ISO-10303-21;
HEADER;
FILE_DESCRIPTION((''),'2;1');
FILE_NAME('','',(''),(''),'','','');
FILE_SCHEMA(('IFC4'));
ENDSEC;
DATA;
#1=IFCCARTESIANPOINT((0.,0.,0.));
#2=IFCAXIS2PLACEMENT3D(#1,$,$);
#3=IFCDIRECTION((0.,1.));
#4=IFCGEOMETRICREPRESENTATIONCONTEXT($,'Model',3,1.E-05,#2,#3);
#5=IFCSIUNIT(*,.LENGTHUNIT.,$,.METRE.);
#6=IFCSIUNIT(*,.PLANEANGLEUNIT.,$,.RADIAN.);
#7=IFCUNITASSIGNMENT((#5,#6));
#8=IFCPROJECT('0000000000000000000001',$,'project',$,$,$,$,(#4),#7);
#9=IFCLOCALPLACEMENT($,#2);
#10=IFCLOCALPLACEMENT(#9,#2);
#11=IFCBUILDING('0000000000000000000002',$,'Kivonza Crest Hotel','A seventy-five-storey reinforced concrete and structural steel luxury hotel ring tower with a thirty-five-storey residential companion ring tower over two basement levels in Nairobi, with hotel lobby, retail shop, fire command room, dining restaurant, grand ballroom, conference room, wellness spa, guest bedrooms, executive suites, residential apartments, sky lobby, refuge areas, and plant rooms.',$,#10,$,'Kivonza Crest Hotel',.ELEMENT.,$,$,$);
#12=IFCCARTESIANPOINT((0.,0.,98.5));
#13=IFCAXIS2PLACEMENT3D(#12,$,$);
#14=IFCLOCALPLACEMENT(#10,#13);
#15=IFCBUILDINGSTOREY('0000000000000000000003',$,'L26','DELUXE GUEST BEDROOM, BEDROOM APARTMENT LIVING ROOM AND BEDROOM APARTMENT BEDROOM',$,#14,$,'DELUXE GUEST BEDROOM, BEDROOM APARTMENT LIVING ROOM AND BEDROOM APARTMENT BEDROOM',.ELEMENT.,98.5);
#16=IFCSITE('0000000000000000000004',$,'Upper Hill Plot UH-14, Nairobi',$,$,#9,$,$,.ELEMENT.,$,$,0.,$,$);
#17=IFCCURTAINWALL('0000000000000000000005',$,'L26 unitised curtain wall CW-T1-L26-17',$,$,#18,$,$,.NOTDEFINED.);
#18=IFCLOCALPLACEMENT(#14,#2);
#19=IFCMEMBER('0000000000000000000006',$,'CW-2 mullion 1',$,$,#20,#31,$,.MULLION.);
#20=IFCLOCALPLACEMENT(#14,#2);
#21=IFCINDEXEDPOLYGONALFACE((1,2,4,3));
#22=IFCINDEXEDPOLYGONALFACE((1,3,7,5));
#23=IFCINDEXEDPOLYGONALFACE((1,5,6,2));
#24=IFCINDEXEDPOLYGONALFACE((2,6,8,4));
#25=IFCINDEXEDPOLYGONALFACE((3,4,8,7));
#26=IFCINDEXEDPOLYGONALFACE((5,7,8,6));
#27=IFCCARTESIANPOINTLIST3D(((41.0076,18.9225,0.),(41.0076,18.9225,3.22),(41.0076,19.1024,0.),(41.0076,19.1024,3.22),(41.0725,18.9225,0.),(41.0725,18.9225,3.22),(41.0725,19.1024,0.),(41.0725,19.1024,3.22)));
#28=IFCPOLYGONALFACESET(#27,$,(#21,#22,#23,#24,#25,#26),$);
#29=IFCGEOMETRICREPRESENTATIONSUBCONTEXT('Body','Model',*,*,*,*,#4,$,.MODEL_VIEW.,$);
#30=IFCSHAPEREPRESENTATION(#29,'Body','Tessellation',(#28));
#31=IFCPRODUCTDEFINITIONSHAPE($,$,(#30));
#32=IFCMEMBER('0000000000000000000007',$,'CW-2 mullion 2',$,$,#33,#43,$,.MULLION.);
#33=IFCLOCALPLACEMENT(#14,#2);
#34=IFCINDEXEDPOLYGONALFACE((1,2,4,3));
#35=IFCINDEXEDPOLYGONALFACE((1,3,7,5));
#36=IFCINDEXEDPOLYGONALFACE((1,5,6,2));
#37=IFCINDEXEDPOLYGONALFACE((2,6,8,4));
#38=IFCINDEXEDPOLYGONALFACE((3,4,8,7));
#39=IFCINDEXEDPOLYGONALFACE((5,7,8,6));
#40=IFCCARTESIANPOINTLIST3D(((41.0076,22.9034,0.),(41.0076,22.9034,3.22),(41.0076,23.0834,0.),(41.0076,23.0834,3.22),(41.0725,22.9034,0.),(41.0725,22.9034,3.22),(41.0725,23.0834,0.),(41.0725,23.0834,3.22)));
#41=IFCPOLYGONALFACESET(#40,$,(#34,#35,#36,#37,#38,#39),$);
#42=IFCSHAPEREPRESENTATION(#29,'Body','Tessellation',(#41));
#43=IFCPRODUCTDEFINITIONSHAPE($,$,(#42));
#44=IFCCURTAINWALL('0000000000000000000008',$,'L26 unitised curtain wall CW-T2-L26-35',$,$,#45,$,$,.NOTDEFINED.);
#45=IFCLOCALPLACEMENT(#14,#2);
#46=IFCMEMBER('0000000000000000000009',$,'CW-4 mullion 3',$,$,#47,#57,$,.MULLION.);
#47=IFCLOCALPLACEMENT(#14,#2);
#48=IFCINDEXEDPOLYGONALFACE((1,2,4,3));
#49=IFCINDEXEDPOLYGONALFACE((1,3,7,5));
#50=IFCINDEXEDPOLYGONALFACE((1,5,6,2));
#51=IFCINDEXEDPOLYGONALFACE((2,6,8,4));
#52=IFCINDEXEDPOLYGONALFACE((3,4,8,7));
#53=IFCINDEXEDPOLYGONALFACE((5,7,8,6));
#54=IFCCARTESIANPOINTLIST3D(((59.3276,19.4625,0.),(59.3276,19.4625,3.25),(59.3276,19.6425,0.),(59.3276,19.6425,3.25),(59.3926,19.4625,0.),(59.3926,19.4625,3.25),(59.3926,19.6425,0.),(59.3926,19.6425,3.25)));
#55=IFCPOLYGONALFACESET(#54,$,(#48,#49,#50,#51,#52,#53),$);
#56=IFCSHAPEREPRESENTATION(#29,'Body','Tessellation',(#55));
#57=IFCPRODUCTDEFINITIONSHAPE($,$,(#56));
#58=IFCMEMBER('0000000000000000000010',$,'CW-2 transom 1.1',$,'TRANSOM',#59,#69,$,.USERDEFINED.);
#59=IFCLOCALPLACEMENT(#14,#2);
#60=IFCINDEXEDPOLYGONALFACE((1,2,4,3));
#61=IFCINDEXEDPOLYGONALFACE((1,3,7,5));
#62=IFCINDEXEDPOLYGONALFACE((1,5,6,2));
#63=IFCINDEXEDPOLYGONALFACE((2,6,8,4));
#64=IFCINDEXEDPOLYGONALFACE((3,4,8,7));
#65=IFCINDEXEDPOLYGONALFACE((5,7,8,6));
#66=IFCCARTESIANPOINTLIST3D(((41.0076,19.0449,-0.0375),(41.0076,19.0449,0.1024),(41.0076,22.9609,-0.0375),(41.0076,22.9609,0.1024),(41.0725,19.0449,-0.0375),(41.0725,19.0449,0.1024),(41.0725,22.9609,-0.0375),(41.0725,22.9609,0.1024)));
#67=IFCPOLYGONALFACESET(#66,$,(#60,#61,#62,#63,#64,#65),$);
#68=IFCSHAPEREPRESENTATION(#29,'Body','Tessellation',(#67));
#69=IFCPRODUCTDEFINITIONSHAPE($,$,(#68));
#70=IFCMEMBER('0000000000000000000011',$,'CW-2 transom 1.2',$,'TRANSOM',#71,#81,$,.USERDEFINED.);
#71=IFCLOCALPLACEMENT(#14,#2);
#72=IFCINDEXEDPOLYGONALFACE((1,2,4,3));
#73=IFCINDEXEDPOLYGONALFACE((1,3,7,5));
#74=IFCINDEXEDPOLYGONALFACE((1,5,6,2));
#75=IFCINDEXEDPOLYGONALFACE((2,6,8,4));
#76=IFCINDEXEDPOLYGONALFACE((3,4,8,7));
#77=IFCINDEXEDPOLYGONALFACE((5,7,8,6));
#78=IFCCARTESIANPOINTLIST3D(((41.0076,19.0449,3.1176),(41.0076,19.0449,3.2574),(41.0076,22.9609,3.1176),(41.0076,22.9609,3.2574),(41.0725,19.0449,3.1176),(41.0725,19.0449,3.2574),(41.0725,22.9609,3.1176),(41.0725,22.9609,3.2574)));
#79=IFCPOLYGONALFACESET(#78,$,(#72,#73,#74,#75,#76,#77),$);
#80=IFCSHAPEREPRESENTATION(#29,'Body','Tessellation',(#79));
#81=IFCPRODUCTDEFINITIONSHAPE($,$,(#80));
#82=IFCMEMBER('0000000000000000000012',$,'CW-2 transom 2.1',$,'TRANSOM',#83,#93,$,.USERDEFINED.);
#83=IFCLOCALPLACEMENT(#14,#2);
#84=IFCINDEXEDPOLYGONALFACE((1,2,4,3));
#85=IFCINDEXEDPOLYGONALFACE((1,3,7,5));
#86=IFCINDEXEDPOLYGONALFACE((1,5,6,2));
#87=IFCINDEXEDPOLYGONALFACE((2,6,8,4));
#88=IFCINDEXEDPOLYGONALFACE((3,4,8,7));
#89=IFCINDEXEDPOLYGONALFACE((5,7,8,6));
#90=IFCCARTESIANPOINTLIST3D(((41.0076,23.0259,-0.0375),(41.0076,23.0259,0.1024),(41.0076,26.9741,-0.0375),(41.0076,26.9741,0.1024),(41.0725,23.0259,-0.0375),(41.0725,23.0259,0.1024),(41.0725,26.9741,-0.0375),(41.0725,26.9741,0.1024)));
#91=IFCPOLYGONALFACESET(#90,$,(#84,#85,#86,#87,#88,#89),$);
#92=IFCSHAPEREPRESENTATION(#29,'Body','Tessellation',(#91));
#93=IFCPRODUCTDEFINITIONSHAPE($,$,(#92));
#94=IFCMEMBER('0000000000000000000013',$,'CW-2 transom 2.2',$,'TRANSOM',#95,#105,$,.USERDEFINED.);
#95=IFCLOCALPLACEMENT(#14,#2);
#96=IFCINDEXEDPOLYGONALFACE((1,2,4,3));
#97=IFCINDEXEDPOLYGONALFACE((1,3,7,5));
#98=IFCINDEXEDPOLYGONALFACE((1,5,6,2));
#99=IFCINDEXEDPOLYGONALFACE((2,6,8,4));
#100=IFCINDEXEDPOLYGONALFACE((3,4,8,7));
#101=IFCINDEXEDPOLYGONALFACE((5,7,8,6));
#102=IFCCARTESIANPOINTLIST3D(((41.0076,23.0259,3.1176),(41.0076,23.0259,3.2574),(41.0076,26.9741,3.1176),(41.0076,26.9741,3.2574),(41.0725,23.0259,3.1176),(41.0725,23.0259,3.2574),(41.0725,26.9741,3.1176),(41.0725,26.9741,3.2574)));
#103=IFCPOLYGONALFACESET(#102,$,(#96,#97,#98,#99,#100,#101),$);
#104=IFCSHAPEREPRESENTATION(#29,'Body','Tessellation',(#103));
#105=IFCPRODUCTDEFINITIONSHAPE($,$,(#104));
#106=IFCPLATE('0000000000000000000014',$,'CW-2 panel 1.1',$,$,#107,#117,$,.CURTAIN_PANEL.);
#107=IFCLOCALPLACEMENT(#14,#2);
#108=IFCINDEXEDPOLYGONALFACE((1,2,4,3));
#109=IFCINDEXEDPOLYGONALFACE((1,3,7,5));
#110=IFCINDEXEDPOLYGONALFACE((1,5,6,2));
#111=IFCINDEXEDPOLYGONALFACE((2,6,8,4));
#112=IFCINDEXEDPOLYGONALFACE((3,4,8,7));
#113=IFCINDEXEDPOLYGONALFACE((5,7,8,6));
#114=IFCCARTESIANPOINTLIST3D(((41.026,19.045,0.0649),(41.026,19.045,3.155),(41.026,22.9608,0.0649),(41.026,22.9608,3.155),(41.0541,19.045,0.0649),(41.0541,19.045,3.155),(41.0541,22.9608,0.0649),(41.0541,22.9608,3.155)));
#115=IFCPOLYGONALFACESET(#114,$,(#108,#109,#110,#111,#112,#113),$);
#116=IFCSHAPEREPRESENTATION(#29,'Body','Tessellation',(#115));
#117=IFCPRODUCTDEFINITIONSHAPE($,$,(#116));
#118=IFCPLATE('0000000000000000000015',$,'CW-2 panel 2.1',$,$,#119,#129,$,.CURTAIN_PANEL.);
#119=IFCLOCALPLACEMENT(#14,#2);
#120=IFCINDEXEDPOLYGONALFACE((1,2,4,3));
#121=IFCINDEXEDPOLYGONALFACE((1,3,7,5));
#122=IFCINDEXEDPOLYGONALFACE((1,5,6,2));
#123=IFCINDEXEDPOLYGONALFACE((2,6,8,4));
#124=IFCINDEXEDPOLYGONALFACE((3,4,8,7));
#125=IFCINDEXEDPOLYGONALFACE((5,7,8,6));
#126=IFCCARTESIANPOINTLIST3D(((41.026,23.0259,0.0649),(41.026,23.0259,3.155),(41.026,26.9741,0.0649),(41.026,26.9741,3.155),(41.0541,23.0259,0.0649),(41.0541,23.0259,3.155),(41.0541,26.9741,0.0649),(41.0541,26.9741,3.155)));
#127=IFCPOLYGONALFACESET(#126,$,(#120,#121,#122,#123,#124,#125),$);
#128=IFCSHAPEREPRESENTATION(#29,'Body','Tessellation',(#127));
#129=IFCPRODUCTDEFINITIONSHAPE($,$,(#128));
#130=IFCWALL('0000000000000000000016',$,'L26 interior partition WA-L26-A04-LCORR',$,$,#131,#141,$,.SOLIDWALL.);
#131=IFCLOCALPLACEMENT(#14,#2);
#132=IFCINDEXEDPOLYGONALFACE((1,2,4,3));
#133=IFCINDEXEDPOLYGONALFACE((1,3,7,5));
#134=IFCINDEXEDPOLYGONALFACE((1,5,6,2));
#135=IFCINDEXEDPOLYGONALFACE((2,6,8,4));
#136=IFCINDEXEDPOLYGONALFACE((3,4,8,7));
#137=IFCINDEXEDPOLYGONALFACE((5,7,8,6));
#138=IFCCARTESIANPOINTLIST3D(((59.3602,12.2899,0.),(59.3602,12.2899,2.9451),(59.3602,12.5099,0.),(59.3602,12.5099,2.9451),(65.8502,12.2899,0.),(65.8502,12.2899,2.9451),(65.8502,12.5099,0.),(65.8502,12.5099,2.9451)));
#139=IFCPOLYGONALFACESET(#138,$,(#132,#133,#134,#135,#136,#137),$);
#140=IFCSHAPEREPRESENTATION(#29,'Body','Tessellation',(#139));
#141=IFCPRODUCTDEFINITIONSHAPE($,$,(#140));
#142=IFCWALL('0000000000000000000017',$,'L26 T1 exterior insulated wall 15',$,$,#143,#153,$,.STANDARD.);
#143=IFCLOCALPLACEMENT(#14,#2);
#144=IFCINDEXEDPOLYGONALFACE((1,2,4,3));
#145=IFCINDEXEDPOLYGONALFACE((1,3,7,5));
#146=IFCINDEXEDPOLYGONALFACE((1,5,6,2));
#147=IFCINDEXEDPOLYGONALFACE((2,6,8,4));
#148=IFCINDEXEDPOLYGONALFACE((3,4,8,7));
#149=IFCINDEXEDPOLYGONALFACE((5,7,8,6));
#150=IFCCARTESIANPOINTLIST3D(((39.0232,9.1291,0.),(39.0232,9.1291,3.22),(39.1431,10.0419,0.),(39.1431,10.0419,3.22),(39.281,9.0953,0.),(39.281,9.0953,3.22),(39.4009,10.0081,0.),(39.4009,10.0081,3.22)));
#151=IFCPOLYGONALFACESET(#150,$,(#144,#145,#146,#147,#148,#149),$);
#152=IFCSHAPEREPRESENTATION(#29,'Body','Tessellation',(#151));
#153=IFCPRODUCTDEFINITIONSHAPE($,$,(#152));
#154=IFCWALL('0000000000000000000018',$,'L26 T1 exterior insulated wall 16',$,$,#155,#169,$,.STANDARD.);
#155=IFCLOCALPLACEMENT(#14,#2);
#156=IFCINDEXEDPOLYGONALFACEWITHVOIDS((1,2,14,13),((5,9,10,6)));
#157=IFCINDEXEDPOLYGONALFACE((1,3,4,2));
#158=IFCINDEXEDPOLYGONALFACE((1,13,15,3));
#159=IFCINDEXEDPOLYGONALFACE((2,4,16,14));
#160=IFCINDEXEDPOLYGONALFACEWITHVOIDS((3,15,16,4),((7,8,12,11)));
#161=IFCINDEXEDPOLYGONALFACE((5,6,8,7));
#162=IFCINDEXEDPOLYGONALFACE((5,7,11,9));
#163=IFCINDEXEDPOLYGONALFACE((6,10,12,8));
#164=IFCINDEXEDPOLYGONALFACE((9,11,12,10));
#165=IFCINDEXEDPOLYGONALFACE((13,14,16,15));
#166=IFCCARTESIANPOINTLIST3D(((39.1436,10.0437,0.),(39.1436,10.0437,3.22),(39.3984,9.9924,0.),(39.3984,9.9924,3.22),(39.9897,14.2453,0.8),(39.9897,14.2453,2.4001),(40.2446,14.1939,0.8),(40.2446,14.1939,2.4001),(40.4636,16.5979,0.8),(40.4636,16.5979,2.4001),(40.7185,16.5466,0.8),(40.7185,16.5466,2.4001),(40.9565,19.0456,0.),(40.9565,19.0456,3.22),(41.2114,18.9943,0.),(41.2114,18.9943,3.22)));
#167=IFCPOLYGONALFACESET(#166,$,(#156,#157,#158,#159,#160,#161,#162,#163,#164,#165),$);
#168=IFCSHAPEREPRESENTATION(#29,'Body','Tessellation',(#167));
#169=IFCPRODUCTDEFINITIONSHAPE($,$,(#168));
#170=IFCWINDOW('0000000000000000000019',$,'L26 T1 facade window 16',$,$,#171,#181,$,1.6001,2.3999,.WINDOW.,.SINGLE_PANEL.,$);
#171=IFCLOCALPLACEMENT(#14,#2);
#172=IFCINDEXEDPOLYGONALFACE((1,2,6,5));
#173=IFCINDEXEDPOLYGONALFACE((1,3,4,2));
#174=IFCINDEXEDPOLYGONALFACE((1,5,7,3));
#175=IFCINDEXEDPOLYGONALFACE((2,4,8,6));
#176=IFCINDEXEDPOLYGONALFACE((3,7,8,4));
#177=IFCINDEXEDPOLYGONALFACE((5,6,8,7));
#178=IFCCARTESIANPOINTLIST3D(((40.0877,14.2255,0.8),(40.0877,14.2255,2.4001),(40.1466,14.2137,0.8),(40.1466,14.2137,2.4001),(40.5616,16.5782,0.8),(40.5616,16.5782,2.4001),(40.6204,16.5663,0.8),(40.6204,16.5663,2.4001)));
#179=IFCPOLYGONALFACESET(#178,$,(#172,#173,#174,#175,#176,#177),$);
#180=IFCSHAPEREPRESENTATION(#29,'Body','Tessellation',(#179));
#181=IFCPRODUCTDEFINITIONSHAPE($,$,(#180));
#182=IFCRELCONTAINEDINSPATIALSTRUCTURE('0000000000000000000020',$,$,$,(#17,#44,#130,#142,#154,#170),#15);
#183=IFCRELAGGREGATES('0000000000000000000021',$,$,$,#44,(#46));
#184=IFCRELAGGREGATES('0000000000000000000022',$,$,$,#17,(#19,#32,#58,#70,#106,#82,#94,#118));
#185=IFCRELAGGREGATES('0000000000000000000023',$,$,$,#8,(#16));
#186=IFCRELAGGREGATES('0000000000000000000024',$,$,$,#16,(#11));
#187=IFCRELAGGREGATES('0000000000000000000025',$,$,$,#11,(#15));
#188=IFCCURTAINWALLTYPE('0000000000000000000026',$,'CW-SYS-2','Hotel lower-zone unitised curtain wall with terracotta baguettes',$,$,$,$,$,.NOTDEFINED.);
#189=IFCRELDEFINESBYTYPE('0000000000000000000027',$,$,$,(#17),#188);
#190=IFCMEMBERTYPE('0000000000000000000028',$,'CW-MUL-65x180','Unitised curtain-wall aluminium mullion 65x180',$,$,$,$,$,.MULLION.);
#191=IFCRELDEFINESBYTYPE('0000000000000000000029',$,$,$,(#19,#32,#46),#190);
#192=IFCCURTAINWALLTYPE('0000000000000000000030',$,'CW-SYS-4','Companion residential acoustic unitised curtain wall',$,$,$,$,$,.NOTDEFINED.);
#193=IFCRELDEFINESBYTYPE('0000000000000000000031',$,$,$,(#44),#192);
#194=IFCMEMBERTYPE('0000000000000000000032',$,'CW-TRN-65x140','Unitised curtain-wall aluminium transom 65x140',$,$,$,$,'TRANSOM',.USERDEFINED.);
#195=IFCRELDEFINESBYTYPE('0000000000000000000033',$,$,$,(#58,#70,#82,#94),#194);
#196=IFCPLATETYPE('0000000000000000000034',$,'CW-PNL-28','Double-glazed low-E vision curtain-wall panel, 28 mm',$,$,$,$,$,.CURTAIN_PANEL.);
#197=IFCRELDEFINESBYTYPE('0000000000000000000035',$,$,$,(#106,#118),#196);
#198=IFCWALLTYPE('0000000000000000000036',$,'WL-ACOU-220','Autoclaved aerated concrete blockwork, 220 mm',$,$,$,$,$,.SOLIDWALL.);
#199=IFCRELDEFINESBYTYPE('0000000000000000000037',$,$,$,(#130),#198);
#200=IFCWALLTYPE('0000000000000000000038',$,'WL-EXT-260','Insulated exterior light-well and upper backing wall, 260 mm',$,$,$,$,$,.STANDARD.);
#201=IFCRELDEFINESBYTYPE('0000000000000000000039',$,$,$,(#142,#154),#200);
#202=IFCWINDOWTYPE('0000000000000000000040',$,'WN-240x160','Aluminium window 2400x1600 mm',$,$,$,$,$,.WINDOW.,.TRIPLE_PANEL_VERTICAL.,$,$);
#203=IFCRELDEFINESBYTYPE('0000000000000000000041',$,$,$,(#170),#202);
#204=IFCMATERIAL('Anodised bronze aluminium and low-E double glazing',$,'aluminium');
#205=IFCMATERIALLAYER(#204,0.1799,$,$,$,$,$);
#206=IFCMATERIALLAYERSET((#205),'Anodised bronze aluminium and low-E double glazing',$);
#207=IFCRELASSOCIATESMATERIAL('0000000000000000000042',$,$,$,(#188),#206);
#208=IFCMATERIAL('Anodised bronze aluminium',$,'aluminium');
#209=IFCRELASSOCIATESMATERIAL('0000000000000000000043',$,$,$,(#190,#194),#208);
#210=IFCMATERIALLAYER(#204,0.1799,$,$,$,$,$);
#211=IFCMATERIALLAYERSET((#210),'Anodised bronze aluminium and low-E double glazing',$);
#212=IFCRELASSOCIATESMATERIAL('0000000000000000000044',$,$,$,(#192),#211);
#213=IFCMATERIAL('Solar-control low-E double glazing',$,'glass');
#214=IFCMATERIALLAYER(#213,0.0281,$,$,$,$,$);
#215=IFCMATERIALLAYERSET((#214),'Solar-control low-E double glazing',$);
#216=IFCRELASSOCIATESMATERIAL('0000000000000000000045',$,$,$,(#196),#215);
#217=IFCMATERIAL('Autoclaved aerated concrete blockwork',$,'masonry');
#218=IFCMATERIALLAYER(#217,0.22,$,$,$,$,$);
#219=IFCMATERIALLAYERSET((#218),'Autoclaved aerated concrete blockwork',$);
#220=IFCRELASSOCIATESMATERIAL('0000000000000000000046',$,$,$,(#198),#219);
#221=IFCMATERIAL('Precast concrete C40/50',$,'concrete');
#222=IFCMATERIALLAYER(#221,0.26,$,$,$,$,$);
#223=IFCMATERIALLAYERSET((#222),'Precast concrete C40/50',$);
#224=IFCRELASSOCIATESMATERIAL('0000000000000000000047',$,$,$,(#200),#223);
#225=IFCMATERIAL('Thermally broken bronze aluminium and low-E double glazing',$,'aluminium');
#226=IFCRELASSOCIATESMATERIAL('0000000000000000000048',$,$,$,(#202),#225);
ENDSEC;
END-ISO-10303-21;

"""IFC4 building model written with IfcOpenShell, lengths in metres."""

from ifc_helpers import new_model, si_unit, direction, frame, frame_2d, origin, origin_2d, place, context, subcontext, project, spatial, rectangle, extrude, material, layer, layer_set, material_profile, profile_set, type_object, element, fill, aggregate, save


model = new_model("IFC4")

# Units and contexts
model_context = context("Model", 3, precision=1e-05, world=origin(), true_north=direction((0.0, 1.0)))
body_context = subcontext(model_context, "Body", "Model", "MODEL_VIEW")
ifc_project = project(units=[si_unit("LENGTHUNIT", "METRE"), si_unit("PLANEANGLEUNIT", "RADIAN")], contexts=[model_context])

# Site, building, storey
site_placement = place(None, origin())
site = spatial("IfcSite", under=ifc_project, at=site_placement, Name="Upper Hill Plot UH-14, Nairobi", CompositionType="ELEMENT", RefElevation=0.0)
building_placement = place(site_placement, origin())
building = spatial("IfcBuilding", under=site, at=building_placement, Name="Kivonza Crest Hotel", Description="A seventy-five-storey reinforced concrete and structural steel luxury hotel ring tower with a thirty-five-storey residential companion ring tower over two basement levels in Nairobi, with hotel lobby, retail shop, fire command room, dining restaurant, grand ballroom, conference room, wellness spa, guest bedrooms, executive suites, residential apartments, sky lobby, refuge areas, and plant rooms.", LongName="Kivonza Crest Hotel", CompositionType="ELEMENT")
storey_placement = place(building_placement, frame((0.0, 0.0, 98.5)))
storey = spatial("IfcBuildingStorey", under=building, at=storey_placement, Name="L26", Description="DELUXE GUEST BEDROOM, BEDROOM APARTMENT LIVING ROOM AND BEDROOM APARTMENT BEDROOM", LongName="DELUXE GUEST BEDROOM, BEDROOM APARTMENT LIVING ROOM AND BEDROOM APARTMENT BEDROOM", CompositionType="ELEMENT", Elevation=98.5)

# Curtain wall, members
ifc_material_1 = material(Name="Anodised bronze aluminium and low-E double glazing", Category="aluminium")
ifc_layer_1 = layer(ifc_material_1, 0.1799)
ifc_layer_set_1 = layer_set([ifc_layer_1], Name="Anodised bronze aluminium and low-E double glazing")
curtain_wall_type_1 = type_object("IfcCurtainWallType", Name="CW-SYS-2", Description="Hotel lower-zone unitised curtain wall with terracotta baguettes", PredefinedType="NOTDEFINED", material=ifc_layer_set_1)
curtain_wall_1_placement = place(storey_placement, origin())
curtain_wall_1 = element("IfcCurtainWall", 1, at=curtain_wall_1_placement, inside=storey, type_object=curtain_wall_type_1, Name="L26 unitised curtain wall CW-T1-L26-17", PredefinedType="NOTDEFINED")
ifc_material_2 = material(Name="Anodised bronze aluminium", Category="aluminium")
ifc_material_profile_1 = material_profile(ifc_material_2, rectangle(XDim=0.0649, YDim=0.1799, at=origin_2d()), Name="CW-M 65x180")
ifc_profile_set_1 = profile_set([ifc_material_profile_1], Name="Anodised bronze aluminium")
member_type_1 = type_object("IfcMemberType", Name="CW-MUL-65x180", Description="Unitised curtain-wall aluminium mullion 65x180", PredefinedType="MULLION", material=ifc_profile_set_1)
member_1_placement = place(storey_placement, frame((41.04, 19.0125, 0.0), z_axis=(0.0, 0.0, 1.0), x_axis=(-1.0, 0.0, 0.0)))
member_1 = element("IfcMember", 2, at=member_1_placement, type_object=member_type_1, Name="CW-2 mullion 1", PredefinedType="MULLION", context=body_context, shape_type="SweptSolid", body=[
    extrude(rectangle(XDim=0.0649, YDim=0.1799, at=origin_2d()), origin(), (0.0, 0.0, 1.0), 3.22),
])
member_2_placement = place(storey_placement, frame((41.04, 22.9934, 0.0), z_axis=(0.0, 0.0, 1.0), x_axis=(-1.0, 0.0, 0.0)))
member_2 = element("IfcMember", 3, at=member_2_placement, type_object=member_type_1, Name="CW-2 mullion 2", PredefinedType="MULLION", context=body_context, shape_type="SweptSolid", body=[
    extrude(rectangle(XDim=0.0649, YDim=0.1799, at=origin_2d()), origin(), (0.0, 0.0, 1.0), 3.22),
])

# Curtain wall, member
ifc_layer_2 = layer(ifc_material_1, 0.1799)
ifc_layer_set_2 = layer_set([ifc_layer_2], Name="Anodised bronze aluminium and low-E double glazing")
curtain_wall_type_2 = type_object("IfcCurtainWallType", Name="CW-SYS-4", Description="Companion residential acoustic unitised curtain wall", PredefinedType="NOTDEFINED", material=ifc_layer_set_2)
curtain_wall_2_placement = place(storey_placement, origin())
curtain_wall_2 = element("IfcCurtainWall", 4, at=curtain_wall_2_placement, inside=storey, type_object=curtain_wall_type_2, Name="L26 unitised curtain wall CW-T2-L26-35", PredefinedType="NOTDEFINED")
member_3_placement = place(storey_placement, frame((59.3601, 19.5525, 0.0), z_axis=(0.0, 0.0, 1.0), x_axis=(1.0, 0.0, 0.0)))
member_3 = element("IfcMember", 5, at=member_3_placement, type_object=member_type_1, Name="CW-4 mullion 3", PredefinedType="MULLION", context=body_context, shape_type="SweptSolid", body=[
    extrude(rectangle(XDim=0.0649, YDim=0.1799, at=origin_2d()), origin(), (0.0, 0.0, 1.0), 3.25),
])
aggregate(curtain_wall_2, [member_3])

# Members
ifc_material_profile_2 = material_profile(ifc_material_2, rectangle(XDim=0.0649, YDim=0.1399, at=origin_2d()), Name="CW-T 65x140")
ifc_profile_set_2 = profile_set([ifc_material_profile_2], Name="Anodised bronze aluminium")
member_type_2 = type_object("IfcMemberType", Name="CW-TRN-65x140", Description="Unitised curtain-wall aluminium transom 65x140", ElementType="TRANSOM", PredefinedType="USERDEFINED", material=ifc_profile_set_2)
member_4_placement = place(storey_placement, frame((41.04, 19.0449, 0.0325), z_axis=(0.0, 1.0, 0.0), x_axis=(-1.0, 0.0, 0.0)))
member_4 = element("IfcMember", 6, at=member_4_placement, type_object=member_type_2, Name="CW-2 transom 1.1", ObjectType="TRANSOM", PredefinedType="USERDEFINED", context=body_context, shape_type="SweptSolid", body=[
    extrude(rectangle(XDim=0.0649, YDim=0.1399, at=origin_2d()), origin(), (0.0, 0.0, 1.0), 3.916),
])
member_5_placement = place(storey_placement, frame((41.04, 19.0449, 3.1875), z_axis=(0.0, 1.0, 0.0), x_axis=(-1.0, 0.0, 0.0)))
member_5 = element("IfcMember", 7, at=member_5_placement, type_object=member_type_2, Name="CW-2 transom 1.2", ObjectType="TRANSOM", PredefinedType="USERDEFINED", context=body_context, shape_type="SweptSolid", body=[
    extrude(rectangle(XDim=0.0649, YDim=0.1399, at=origin_2d()), origin(), (0.0, 0.0, 1.0), 3.916),
])
member_6_placement = place(storey_placement, frame((41.04, 23.0259, 0.0325), z_axis=(0.0, 1.0, 0.0), x_axis=(-1.0, 0.0, 0.0)))
member_6 = element("IfcMember", 8, at=member_6_placement, type_object=member_type_2, Name="CW-2 transom 2.1", ObjectType="TRANSOM", PredefinedType="USERDEFINED", context=body_context, shape_type="SweptSolid", body=[
    extrude(rectangle(XDim=0.0649, YDim=0.1399, at=origin_2d()), origin(), (0.0, 0.0, 1.0), 3.9482),
])
member_7_placement = place(storey_placement, frame((41.04, 23.0259, 3.1875), z_axis=(0.0, 1.0, 0.0), x_axis=(-1.0, 0.0, 0.0)))
member_7 = element("IfcMember", 9, at=member_7_placement, type_object=member_type_2, Name="CW-2 transom 2.2", ObjectType="TRANSOM", PredefinedType="USERDEFINED", context=body_context, shape_type="SweptSolid", body=[
    extrude(rectangle(XDim=0.0649, YDim=0.1399, at=origin_2d()), origin(), (0.0, 0.0, 1.0), 3.9482),
])

# Plates
ifc_material_3 = material(Name="Solar-control low-E double glazing", Category="glass")
ifc_layer_3 = layer(ifc_material_3, 0.0281)
ifc_layer_set_3 = layer_set([ifc_layer_3], Name="Solar-control low-E double glazing")
plate_type = type_object("IfcPlateType", Name="CW-PNL-28", Description="Double-glazed low-E vision curtain-wall panel, 28 mm", PredefinedType="CURTAIN_PANEL", material=ifc_layer_set_3)
plate_1_placement = place(storey_placement, frame((41.04, 21.0029, 0.0649), z_axis=(0.0, 0.0, 1.0), x_axis=(0.0, 1.0, 0.0)))
plate_1 = element("IfcPlate", 10, at=plate_1_placement, type_object=plate_type, Name="CW-2 panel 1.1", PredefinedType="CURTAIN_PANEL", context=body_context, shape_type="SweptSolid", body=[
    extrude(rectangle(XDim=3.9158, YDim=0.0281, at=origin_2d()), origin(), (0.0, 0.0, 1.0), 3.0901),
])
plate_2_placement = place(storey_placement, frame((41.04, 25.0, 0.0649), z_axis=(0.0, 0.0, 1.0), x_axis=(0.0, 1.0, 0.0)))
plate_2 = element("IfcPlate", 11, at=plate_2_placement, type_object=plate_type, Name="CW-2 panel 2.1", PredefinedType="CURTAIN_PANEL", context=body_context, shape_type="SweptSolid", body=[
    extrude(rectangle(XDim=3.9482, YDim=0.0281, at=origin_2d()), origin(), (0.0, 0.0, 1.0), 3.0901),
])
aggregate(curtain_wall_1, [member_1, member_2, member_4, member_5, plate_1, member_6, member_7, plate_2])

# Walls
ifc_material_4 = material(Name="Autoclaved aerated concrete blockwork", Category="masonry")
ifc_layer_4 = layer(ifc_material_4, 0.22)
ifc_layer_set_4 = layer_set([ifc_layer_4], Name="Autoclaved aerated concrete blockwork")
wall_type_1 = type_object("IfcWallType", Name="WL-ACOU-220", Description="Autoclaved aerated concrete blockwork, 220 mm", PredefinedType="SOLIDWALL", material=ifc_layer_set_4)
wall_1_placement = place(storey_placement, frame((59.3601, 12.3999, 0.0), z_axis=(0.0, 0.0, 1.0), x_axis=(1.0, 0.0, 0.0)))
element("IfcWall", 12, at=wall_1_placement, inside=storey, type_object=wall_type_1, Name="L26 interior partition WA-L26-A04-LCORR", PredefinedType="SOLIDWALL", context=body_context, shape_type="SweptSolid", body=[
    extrude(rectangle(XDim=6.49, YDim=0.22, at=frame_2d((3.2451, 0.0))), origin(), (0.0, 0.0, 1.0), 2.9451),
])
ifc_material_5 = material(Name="Precast concrete C40/50", Category="concrete")
ifc_layer_5 = layer(ifc_material_5, 0.26)
ifc_layer_set_5 = layer_set([ifc_layer_5], Name="Precast concrete C40/50")
wall_type_2 = type_object("IfcWallType", Name="WL-EXT-260", Description="Insulated exterior light-well and upper backing wall, 260 mm", PredefinedType="STANDARD", material=ifc_layer_set_5)
wall_2_placement = place(storey_placement, frame((39.1521, 9.1121, 0.0), z_axis=(0.0, 0.0, 1.0), x_axis=(0.130201, 0.991488, 0.0)))
element("IfcWall", 13, at=wall_2_placement, inside=storey, type_object=wall_type_2, Name="L26 T1 exterior insulated wall 15", PredefinedType="STANDARD", context=body_context, shape_type="SweptSolid", body=[
    extrude(rectangle(XDim=0.9207, YDim=0.26, at=frame_2d((0.4604, 0.0))), origin(), (0.0, 0.0, 1.0), 3.22),
])

# Wall, opening, window
wall_3_placement = place(storey_placement, frame((39.271, 10.0181, 0.0), z_axis=(0.0, 0.0, 1.0), x_axis=(0.197435, 0.980316, 0.0)))
wall_3 = element("IfcWall", 14, at=wall_3_placement, inside=storey, type_object=wall_type_2, Name="L26 T1 exterior insulated wall 16", PredefinedType="STANDARD", context=body_context, shape_type="SweptSolid", body=[
    extrude(rectangle(XDim=9.1826, YDim=0.26, at=frame_2d((4.5913, 0.0))), origin(), (0.0, 0.0, 1.0), 3.22),
])
opening_1_placement = place(wall_3_placement, frame((4.2859, 0.0, 0.8)))
opening_1 = element("IfcOpeningElement", 15, at=opening_1_placement, cuts=wall_3, PredefinedType="OPENING", context=body_context, shape_type="SweptSolid", body=[
    extrude(rectangle(XDim=2.3999, YDim=1.6001, at=frame_2d((1.2, 0.8))), frame((0.0, 0.1401, 0.0), z_axis=(0.0, -1.0, 0.0), x_axis=(1.0, 0.0, 0.0)), (0.0, 0.0, 1.0), 0.28),
])
ifc_material_6 = material(Name="Thermally broken bronze aluminium and low-E double glazing", Category="aluminium")
window_type = type_object("IfcWindowType", Name="WN-240x160", Description="Aluminium window 2400x1600 mm", PartitioningType="TRIPLE_PANEL_VERTICAL", PredefinedType="WINDOW", material=ifc_material_6)
window_1_placement = place(opening_1_placement, origin())
window_1 = element("IfcWindow", 16, at=window_1_placement, inside=storey, type_object=window_type, Name="L26 T1 facade window 16", OverallHeight=1.6001, OverallWidth=2.3999, PartitioningType="SINGLE_PANEL", PredefinedType="WINDOW", context=body_context, shape_type="SweptSolid", body=[
    extrude(rectangle(XDim=2.3999, YDim=1.6001, at=frame_2d((1.2, 0.8))), frame((0.0, 0.03, 0.0), z_axis=(0.0, -1.0, 0.0), x_axis=(1.0, 0.0, 0.0)), (0.0, 0.0, 1.0), 0.0601),
])
fill(opening_1, window_1)

save(model, "model.ifc")
